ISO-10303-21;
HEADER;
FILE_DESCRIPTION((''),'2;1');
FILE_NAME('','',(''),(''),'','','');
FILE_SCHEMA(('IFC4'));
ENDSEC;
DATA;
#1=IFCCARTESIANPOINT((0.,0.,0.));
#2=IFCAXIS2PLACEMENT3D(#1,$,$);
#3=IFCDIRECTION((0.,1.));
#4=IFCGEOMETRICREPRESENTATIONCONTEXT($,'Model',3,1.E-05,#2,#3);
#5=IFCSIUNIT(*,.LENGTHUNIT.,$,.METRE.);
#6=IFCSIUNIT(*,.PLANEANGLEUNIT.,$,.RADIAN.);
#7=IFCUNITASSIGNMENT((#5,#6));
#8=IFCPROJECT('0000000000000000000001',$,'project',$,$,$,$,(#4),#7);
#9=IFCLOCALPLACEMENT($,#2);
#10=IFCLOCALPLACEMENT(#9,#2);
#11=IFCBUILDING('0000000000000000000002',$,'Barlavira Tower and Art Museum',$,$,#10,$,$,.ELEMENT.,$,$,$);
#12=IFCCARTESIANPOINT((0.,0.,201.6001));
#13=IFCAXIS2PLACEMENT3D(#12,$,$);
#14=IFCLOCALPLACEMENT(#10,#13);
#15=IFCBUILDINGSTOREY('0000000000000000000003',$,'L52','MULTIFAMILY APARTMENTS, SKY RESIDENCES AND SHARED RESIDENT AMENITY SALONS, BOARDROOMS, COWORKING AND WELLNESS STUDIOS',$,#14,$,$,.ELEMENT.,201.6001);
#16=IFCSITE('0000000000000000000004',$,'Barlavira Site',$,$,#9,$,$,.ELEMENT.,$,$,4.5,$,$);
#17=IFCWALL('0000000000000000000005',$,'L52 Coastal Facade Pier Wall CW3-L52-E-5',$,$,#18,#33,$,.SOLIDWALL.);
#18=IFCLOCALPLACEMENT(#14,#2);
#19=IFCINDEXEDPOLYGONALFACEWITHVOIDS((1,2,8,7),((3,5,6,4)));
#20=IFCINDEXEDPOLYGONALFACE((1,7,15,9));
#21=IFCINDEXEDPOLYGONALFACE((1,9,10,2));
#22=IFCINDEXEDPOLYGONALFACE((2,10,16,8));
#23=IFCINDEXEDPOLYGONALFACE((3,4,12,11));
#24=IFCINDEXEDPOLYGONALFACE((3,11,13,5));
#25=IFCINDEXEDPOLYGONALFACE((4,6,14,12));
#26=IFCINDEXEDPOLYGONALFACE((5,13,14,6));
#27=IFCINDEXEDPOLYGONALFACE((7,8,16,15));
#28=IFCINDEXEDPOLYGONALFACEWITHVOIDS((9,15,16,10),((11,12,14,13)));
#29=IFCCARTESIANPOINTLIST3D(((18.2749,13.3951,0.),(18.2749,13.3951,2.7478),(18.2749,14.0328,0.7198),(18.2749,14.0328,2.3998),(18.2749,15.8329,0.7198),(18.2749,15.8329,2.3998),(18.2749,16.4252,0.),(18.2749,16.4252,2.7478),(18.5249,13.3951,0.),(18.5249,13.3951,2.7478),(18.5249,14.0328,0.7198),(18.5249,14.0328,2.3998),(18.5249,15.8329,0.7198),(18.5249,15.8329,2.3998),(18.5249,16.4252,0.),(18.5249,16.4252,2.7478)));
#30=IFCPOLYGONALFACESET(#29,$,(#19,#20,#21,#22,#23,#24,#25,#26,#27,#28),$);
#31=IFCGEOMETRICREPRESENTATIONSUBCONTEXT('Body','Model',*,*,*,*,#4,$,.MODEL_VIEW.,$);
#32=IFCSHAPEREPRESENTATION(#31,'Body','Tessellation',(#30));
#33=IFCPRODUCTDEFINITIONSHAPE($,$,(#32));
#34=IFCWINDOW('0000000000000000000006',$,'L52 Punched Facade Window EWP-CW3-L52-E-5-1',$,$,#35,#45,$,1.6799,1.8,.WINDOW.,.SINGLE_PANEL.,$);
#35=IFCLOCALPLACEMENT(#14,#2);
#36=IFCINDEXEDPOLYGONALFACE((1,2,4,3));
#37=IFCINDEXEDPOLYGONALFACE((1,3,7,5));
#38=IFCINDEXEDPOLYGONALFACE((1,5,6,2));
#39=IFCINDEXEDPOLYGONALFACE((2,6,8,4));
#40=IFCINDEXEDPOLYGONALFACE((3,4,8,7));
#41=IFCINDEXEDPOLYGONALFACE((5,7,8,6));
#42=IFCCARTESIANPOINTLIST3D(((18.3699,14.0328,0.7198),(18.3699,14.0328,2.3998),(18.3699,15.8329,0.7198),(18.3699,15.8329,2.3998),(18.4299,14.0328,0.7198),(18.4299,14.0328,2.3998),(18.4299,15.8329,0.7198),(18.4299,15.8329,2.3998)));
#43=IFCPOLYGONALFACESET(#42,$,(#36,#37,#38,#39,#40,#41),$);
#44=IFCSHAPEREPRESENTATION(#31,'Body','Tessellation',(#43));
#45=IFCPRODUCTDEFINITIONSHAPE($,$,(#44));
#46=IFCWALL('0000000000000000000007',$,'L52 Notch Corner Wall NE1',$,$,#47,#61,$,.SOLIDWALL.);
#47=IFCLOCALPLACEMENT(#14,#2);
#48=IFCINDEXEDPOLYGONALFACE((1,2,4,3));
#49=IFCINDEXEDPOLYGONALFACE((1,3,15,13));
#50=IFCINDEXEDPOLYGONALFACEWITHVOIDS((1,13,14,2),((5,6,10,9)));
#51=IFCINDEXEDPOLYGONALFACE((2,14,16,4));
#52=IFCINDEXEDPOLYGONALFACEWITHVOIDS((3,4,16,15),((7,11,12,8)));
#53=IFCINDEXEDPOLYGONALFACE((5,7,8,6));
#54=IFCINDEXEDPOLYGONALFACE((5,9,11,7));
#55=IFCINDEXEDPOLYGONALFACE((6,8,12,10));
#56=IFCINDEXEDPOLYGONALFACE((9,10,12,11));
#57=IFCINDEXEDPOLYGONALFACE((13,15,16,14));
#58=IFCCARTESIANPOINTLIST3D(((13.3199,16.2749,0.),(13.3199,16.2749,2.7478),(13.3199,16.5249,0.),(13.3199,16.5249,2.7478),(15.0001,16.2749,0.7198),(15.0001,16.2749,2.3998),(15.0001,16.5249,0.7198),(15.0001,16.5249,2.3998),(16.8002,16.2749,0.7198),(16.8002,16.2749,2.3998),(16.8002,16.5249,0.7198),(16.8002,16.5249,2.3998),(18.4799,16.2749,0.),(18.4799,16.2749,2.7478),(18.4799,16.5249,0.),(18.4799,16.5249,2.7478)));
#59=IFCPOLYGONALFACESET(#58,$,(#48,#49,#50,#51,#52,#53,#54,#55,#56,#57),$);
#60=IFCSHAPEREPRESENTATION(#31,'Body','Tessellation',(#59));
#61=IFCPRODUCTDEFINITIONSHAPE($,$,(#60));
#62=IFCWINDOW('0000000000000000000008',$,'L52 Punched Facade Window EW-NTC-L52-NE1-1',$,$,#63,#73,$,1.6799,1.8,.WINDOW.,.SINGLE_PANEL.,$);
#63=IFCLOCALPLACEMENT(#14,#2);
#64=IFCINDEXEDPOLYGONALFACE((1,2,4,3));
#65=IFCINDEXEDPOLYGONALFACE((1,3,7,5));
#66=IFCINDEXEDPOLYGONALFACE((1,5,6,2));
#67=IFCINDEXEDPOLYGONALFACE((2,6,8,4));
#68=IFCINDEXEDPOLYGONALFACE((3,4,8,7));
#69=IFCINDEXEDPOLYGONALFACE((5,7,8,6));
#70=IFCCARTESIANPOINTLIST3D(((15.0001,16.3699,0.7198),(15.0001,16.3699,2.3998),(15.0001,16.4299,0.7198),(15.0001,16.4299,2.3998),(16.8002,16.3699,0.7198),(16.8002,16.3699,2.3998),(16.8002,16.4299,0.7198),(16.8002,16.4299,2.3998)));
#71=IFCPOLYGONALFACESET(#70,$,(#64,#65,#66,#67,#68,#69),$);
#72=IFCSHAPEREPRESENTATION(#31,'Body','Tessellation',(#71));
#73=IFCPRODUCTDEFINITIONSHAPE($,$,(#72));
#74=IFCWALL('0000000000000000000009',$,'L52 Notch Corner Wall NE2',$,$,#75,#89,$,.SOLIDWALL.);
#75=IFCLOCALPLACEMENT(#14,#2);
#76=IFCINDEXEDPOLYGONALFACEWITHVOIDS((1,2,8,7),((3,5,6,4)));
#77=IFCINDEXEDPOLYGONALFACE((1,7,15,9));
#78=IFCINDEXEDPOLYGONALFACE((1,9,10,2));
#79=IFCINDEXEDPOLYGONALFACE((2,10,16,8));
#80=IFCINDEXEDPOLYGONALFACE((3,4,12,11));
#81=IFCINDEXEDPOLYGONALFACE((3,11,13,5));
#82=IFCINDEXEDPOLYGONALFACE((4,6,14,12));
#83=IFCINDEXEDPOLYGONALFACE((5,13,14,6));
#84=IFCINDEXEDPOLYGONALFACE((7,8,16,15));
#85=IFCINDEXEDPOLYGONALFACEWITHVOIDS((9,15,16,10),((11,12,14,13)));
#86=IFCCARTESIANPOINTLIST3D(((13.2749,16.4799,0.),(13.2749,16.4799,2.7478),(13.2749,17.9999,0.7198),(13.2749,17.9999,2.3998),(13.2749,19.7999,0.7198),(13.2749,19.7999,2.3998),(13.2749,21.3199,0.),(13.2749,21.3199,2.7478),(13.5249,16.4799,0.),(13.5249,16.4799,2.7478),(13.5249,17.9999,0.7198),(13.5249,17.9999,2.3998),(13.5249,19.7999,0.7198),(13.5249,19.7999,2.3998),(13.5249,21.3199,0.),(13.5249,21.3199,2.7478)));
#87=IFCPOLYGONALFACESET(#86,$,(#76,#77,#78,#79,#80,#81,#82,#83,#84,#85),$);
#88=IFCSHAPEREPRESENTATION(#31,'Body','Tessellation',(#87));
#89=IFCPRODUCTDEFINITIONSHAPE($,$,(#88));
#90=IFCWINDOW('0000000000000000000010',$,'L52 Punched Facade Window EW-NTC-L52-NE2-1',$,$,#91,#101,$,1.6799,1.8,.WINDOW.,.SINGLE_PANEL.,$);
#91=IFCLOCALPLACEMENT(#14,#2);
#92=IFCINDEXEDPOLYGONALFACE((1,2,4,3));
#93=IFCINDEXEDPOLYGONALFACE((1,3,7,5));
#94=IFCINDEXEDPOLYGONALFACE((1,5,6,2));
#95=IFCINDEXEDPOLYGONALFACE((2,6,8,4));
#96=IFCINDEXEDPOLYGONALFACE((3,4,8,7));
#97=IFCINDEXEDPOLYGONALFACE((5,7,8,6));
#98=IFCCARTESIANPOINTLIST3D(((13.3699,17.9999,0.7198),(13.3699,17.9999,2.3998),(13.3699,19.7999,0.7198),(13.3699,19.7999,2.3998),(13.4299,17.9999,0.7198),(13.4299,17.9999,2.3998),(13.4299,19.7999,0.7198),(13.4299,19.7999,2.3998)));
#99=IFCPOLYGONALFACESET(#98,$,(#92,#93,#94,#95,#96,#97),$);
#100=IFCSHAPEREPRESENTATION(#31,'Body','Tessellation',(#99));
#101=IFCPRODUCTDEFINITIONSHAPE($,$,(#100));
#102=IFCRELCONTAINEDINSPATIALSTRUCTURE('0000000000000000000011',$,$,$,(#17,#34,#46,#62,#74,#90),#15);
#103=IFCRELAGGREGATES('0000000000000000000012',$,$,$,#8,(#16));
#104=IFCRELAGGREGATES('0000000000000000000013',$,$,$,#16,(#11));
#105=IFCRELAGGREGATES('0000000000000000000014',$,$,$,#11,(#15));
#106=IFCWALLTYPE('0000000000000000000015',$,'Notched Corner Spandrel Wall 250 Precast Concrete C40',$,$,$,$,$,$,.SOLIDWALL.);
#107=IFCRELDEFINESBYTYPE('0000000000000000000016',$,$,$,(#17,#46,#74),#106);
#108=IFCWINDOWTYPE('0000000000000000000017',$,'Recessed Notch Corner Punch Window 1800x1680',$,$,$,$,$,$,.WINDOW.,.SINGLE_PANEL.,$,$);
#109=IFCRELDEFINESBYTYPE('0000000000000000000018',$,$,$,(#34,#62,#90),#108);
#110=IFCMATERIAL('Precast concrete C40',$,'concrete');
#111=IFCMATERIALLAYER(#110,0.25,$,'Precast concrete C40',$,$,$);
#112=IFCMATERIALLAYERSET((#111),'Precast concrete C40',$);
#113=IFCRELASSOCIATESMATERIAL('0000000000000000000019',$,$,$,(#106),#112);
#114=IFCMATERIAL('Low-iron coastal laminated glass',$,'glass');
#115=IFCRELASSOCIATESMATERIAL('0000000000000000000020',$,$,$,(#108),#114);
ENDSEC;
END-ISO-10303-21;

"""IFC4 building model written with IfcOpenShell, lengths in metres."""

from ifc_helpers import new_model, si_unit, direction, frame, frame_2d, origin, place, context, subcontext, project, spatial, rectangle, extrude, material, layer, layer_set, type_object, element, fill, save


model = new_model("IFC4")

# Units and contexts
model_context = context("Model", 3, precision=1e-05, world=origin(), true_north=direction((0.0, 1.0)))
body_context = subcontext(model_context, "Body", "Model", "MODEL_VIEW")
ifc_project = project(units=[si_unit("LENGTHUNIT", "METRE"), si_unit("PLANEANGLEUNIT", "RADIAN")], contexts=[model_context])

# Site, building, storey
site_placement = place(None, origin())
site = spatial("IfcSite", under=ifc_project, at=site_placement, Name="Barlavira Site", CompositionType="ELEMENT", RefElevation=4.5)
building_placement = place(site_placement, origin())
building = spatial("IfcBuilding", under=site, at=building_placement, Name="Barlavira Tower and Art Museum", CompositionType="ELEMENT")
storey_placement = place(building_placement, frame((0.0, 0.0, 201.6001)))
storey = spatial("IfcBuildingStorey", under=building, at=storey_placement, Name="L52", Description="MULTIFAMILY APARTMENTS, SKY RESIDENCES AND SHARED RESIDENT AMENITY SALONS, BOARDROOMS, COWORKING AND WELLNESS STUDIOS", CompositionType="ELEMENT", Elevation=201.6001)

# Walls, openings, windows
ifc_material_1 = material(Name="Precast concrete C40", Category="concrete")
ifc_layer_1 = layer(ifc_material_1, 0.25, Name="Precast concrete C40")
ifc_layer_set_1 = layer_set([ifc_layer_1], Name="Precast concrete C40")
wall_type_1 = type_object("IfcWallType", Name="Notched Corner Spandrel Wall 250 Precast Concrete C40", PredefinedType="SOLIDWALL", material=ifc_layer_set_1)
ifc_material_2 = material(Name="Low-iron coastal laminated glass", Category="glass")
window_type_1 = type_object("IfcWindowType", Name="Recessed Notch Corner Punch Window 1800x1680", PartitioningType="SINGLE_PANEL", PredefinedType="WINDOW", material=ifc_material_2)
wall_1_placement = place(storey_placement, frame((18.3999, 13.395, 0.0), z_axis=(0.0, 0.0, 1.0), x_axis=(0.0, 1.0, 0.0)))
wall_1 = element("IfcWall", 1, at=wall_1_placement, inside=storey, type_object=wall_type_1, Name="L52 Coastal Facade Pier Wall CW3-L52-E-5", PredefinedType="SOLIDWALL", context=body_context, shape_type="SweptSolid", body=[
    extrude(rectangle(XDim=3.03, YDim=0.25, at=frame_2d((1.5151, 0.0))), origin(), (0.0, 0.0, 1.0), 2.7478),
])
opening_1_placement = place(wall_1_placement, frame((0.6379, 0.0, 0.72)))
opening_1 = element("IfcOpeningElement", 2, at=opening_1_placement, cuts=wall_1, PredefinedType="OPENING", context=body_context, shape_type="SweptSolid", body=[
    extrude(rectangle(XDim=1.8, YDim=1.6799, at=frame_2d((0.8999, 0.8398))), frame((0.0, 0.135, 0.0), z_axis=(0.0, -1.0, 0.0), x_axis=(1.0, 0.0, 0.0)), (0.0, 0.0, 1.0), 0.27),
])
window_1_placement = place(opening_1_placement, origin())
window_1 = element("IfcWindow", 3, at=window_1_placement, inside=storey, type_object=window_type_1, Name="L52 Punched Facade Window EWP-CW3-L52-E-5-1", OverallHeight=1.6799, OverallWidth=1.8, PartitioningType="SINGLE_PANEL", PredefinedType="WINDOW", context=body_context, shape_type="SweptSolid", body=[
    extrude(rectangle(XDim=1.8, YDim=1.6799, at=frame_2d((0.8999, 0.8398))), frame((0.0, 0.03, 0.0), z_axis=(0.0, -1.0, 0.0), x_axis=(1.0, 0.0, 0.0)), (0.0, 0.0, 1.0), 0.0601),
])
fill(opening_1, window_1)
wall_2_placement = place(storey_placement, frame((18.48, 16.3999, 0.0), z_axis=(0.0, 0.0, 1.0), x_axis=(-1.0, 0.0, 0.0)))
wall_2 = element("IfcWall", 4, at=wall_2_placement, inside=storey, type_object=wall_type_1, Name="L52 Notch Corner Wall NE1", PredefinedType="SOLIDWALL", context=body_context, shape_type="SweptSolid", body=[
    extrude(rectangle(XDim=5.1599, YDim=0.25, at=frame_2d((2.5801, 0.0))), origin(), (0.0, 0.0, 1.0), 2.7478),
])
opening_2_placement = place(wall_2_placement, frame((1.6799, 0.0, 0.72)))
opening_2 = element("IfcOpeningElement", 5, at=opening_2_placement, cuts=wall_2, PredefinedType="OPENING", context=body_context, shape_type="SweptSolid", body=[
    extrude(rectangle(XDim=1.8, YDim=1.6799, at=frame_2d((0.8999, 0.8398))), frame((0.0, 0.135, 0.0), z_axis=(0.0, -1.0, 0.0), x_axis=(1.0, 0.0, 0.0)), (0.0, 0.0, 1.0), 0.27),
])
window_2_placement = place(opening_2_placement, origin())
window_2 = element("IfcWindow", 6, at=window_2_placement, inside=storey, type_object=window_type_1, Name="L52 Punched Facade Window EW-NTC-L52-NE1-1", OverallHeight=1.6799, OverallWidth=1.8, PartitioningType="SINGLE_PANEL", PredefinedType="WINDOW", context=body_context, shape_type="SweptSolid", body=[
    extrude(rectangle(XDim=1.8, YDim=1.6799, at=frame_2d((0.8999, 0.8398))), frame((0.0, 0.03, 0.0), z_axis=(0.0, -1.0, 0.0), x_axis=(1.0, 0.0, 0.0)), (0.0, 0.0, 1.0), 0.0601),
])
fill(opening_2, window_2)
wall_3_placement = place(storey_placement, frame((13.3999, 16.48, 0.0), z_axis=(0.0, 0.0, 1.0), x_axis=(0.0, 1.0, 0.0)))
wall_3 = element("IfcWall", 7, at=wall_3_placement, inside=storey, type_object=wall_type_1, Name="L52 Notch Corner Wall NE2", PredefinedType="SOLIDWALL", context=body_context, shape_type="SweptSolid", body=[
    extrude(rectangle(XDim=4.8401, YDim=0.25, at=frame_2d((2.4199, 0.0))), origin(), (0.0, 0.0, 1.0), 2.7478),
])
opening_3_placement = place(wall_3_placement, frame((1.52, 0.0, 0.72)))
opening_3 = element("IfcOpeningElement", 8, at=opening_3_placement, cuts=wall_3, PredefinedType="OPENING", context=body_context, shape_type="SweptSolid", body=[
    extrude(rectangle(XDim=1.8, YDim=1.6799, at=frame_2d((0.8999, 0.8398))), frame((0.0, 0.135, 0.0), z_axis=(0.0, -1.0, 0.0), x_axis=(1.0, 0.0, 0.0)), (0.0, 0.0, 1.0), 0.27),
])
window_3_placement = place(opening_3_placement, origin())
window_3 = element("IfcWindow", 9, at=window_3_placement, inside=storey, type_object=window_type_1, Name="L52 Punched Facade Window EW-NTC-L52-NE2-1", OverallHeight=1.6799, OverallWidth=1.8, PartitioningType="SINGLE_PANEL", PredefinedType="WINDOW", context=body_context, shape_type="SweptSolid", body=[
    extrude(rectangle(XDim=1.8, YDim=1.6799, at=frame_2d((0.8999, 0.8398))), frame((0.0, 0.03, 0.0), z_axis=(0.0, -1.0, 0.0), x_axis=(1.0, 0.0, 0.0)), (0.0, 0.0, 1.0), 0.0601),
])
fill(opening_3, window_3)

save(model, "model.ifc")
